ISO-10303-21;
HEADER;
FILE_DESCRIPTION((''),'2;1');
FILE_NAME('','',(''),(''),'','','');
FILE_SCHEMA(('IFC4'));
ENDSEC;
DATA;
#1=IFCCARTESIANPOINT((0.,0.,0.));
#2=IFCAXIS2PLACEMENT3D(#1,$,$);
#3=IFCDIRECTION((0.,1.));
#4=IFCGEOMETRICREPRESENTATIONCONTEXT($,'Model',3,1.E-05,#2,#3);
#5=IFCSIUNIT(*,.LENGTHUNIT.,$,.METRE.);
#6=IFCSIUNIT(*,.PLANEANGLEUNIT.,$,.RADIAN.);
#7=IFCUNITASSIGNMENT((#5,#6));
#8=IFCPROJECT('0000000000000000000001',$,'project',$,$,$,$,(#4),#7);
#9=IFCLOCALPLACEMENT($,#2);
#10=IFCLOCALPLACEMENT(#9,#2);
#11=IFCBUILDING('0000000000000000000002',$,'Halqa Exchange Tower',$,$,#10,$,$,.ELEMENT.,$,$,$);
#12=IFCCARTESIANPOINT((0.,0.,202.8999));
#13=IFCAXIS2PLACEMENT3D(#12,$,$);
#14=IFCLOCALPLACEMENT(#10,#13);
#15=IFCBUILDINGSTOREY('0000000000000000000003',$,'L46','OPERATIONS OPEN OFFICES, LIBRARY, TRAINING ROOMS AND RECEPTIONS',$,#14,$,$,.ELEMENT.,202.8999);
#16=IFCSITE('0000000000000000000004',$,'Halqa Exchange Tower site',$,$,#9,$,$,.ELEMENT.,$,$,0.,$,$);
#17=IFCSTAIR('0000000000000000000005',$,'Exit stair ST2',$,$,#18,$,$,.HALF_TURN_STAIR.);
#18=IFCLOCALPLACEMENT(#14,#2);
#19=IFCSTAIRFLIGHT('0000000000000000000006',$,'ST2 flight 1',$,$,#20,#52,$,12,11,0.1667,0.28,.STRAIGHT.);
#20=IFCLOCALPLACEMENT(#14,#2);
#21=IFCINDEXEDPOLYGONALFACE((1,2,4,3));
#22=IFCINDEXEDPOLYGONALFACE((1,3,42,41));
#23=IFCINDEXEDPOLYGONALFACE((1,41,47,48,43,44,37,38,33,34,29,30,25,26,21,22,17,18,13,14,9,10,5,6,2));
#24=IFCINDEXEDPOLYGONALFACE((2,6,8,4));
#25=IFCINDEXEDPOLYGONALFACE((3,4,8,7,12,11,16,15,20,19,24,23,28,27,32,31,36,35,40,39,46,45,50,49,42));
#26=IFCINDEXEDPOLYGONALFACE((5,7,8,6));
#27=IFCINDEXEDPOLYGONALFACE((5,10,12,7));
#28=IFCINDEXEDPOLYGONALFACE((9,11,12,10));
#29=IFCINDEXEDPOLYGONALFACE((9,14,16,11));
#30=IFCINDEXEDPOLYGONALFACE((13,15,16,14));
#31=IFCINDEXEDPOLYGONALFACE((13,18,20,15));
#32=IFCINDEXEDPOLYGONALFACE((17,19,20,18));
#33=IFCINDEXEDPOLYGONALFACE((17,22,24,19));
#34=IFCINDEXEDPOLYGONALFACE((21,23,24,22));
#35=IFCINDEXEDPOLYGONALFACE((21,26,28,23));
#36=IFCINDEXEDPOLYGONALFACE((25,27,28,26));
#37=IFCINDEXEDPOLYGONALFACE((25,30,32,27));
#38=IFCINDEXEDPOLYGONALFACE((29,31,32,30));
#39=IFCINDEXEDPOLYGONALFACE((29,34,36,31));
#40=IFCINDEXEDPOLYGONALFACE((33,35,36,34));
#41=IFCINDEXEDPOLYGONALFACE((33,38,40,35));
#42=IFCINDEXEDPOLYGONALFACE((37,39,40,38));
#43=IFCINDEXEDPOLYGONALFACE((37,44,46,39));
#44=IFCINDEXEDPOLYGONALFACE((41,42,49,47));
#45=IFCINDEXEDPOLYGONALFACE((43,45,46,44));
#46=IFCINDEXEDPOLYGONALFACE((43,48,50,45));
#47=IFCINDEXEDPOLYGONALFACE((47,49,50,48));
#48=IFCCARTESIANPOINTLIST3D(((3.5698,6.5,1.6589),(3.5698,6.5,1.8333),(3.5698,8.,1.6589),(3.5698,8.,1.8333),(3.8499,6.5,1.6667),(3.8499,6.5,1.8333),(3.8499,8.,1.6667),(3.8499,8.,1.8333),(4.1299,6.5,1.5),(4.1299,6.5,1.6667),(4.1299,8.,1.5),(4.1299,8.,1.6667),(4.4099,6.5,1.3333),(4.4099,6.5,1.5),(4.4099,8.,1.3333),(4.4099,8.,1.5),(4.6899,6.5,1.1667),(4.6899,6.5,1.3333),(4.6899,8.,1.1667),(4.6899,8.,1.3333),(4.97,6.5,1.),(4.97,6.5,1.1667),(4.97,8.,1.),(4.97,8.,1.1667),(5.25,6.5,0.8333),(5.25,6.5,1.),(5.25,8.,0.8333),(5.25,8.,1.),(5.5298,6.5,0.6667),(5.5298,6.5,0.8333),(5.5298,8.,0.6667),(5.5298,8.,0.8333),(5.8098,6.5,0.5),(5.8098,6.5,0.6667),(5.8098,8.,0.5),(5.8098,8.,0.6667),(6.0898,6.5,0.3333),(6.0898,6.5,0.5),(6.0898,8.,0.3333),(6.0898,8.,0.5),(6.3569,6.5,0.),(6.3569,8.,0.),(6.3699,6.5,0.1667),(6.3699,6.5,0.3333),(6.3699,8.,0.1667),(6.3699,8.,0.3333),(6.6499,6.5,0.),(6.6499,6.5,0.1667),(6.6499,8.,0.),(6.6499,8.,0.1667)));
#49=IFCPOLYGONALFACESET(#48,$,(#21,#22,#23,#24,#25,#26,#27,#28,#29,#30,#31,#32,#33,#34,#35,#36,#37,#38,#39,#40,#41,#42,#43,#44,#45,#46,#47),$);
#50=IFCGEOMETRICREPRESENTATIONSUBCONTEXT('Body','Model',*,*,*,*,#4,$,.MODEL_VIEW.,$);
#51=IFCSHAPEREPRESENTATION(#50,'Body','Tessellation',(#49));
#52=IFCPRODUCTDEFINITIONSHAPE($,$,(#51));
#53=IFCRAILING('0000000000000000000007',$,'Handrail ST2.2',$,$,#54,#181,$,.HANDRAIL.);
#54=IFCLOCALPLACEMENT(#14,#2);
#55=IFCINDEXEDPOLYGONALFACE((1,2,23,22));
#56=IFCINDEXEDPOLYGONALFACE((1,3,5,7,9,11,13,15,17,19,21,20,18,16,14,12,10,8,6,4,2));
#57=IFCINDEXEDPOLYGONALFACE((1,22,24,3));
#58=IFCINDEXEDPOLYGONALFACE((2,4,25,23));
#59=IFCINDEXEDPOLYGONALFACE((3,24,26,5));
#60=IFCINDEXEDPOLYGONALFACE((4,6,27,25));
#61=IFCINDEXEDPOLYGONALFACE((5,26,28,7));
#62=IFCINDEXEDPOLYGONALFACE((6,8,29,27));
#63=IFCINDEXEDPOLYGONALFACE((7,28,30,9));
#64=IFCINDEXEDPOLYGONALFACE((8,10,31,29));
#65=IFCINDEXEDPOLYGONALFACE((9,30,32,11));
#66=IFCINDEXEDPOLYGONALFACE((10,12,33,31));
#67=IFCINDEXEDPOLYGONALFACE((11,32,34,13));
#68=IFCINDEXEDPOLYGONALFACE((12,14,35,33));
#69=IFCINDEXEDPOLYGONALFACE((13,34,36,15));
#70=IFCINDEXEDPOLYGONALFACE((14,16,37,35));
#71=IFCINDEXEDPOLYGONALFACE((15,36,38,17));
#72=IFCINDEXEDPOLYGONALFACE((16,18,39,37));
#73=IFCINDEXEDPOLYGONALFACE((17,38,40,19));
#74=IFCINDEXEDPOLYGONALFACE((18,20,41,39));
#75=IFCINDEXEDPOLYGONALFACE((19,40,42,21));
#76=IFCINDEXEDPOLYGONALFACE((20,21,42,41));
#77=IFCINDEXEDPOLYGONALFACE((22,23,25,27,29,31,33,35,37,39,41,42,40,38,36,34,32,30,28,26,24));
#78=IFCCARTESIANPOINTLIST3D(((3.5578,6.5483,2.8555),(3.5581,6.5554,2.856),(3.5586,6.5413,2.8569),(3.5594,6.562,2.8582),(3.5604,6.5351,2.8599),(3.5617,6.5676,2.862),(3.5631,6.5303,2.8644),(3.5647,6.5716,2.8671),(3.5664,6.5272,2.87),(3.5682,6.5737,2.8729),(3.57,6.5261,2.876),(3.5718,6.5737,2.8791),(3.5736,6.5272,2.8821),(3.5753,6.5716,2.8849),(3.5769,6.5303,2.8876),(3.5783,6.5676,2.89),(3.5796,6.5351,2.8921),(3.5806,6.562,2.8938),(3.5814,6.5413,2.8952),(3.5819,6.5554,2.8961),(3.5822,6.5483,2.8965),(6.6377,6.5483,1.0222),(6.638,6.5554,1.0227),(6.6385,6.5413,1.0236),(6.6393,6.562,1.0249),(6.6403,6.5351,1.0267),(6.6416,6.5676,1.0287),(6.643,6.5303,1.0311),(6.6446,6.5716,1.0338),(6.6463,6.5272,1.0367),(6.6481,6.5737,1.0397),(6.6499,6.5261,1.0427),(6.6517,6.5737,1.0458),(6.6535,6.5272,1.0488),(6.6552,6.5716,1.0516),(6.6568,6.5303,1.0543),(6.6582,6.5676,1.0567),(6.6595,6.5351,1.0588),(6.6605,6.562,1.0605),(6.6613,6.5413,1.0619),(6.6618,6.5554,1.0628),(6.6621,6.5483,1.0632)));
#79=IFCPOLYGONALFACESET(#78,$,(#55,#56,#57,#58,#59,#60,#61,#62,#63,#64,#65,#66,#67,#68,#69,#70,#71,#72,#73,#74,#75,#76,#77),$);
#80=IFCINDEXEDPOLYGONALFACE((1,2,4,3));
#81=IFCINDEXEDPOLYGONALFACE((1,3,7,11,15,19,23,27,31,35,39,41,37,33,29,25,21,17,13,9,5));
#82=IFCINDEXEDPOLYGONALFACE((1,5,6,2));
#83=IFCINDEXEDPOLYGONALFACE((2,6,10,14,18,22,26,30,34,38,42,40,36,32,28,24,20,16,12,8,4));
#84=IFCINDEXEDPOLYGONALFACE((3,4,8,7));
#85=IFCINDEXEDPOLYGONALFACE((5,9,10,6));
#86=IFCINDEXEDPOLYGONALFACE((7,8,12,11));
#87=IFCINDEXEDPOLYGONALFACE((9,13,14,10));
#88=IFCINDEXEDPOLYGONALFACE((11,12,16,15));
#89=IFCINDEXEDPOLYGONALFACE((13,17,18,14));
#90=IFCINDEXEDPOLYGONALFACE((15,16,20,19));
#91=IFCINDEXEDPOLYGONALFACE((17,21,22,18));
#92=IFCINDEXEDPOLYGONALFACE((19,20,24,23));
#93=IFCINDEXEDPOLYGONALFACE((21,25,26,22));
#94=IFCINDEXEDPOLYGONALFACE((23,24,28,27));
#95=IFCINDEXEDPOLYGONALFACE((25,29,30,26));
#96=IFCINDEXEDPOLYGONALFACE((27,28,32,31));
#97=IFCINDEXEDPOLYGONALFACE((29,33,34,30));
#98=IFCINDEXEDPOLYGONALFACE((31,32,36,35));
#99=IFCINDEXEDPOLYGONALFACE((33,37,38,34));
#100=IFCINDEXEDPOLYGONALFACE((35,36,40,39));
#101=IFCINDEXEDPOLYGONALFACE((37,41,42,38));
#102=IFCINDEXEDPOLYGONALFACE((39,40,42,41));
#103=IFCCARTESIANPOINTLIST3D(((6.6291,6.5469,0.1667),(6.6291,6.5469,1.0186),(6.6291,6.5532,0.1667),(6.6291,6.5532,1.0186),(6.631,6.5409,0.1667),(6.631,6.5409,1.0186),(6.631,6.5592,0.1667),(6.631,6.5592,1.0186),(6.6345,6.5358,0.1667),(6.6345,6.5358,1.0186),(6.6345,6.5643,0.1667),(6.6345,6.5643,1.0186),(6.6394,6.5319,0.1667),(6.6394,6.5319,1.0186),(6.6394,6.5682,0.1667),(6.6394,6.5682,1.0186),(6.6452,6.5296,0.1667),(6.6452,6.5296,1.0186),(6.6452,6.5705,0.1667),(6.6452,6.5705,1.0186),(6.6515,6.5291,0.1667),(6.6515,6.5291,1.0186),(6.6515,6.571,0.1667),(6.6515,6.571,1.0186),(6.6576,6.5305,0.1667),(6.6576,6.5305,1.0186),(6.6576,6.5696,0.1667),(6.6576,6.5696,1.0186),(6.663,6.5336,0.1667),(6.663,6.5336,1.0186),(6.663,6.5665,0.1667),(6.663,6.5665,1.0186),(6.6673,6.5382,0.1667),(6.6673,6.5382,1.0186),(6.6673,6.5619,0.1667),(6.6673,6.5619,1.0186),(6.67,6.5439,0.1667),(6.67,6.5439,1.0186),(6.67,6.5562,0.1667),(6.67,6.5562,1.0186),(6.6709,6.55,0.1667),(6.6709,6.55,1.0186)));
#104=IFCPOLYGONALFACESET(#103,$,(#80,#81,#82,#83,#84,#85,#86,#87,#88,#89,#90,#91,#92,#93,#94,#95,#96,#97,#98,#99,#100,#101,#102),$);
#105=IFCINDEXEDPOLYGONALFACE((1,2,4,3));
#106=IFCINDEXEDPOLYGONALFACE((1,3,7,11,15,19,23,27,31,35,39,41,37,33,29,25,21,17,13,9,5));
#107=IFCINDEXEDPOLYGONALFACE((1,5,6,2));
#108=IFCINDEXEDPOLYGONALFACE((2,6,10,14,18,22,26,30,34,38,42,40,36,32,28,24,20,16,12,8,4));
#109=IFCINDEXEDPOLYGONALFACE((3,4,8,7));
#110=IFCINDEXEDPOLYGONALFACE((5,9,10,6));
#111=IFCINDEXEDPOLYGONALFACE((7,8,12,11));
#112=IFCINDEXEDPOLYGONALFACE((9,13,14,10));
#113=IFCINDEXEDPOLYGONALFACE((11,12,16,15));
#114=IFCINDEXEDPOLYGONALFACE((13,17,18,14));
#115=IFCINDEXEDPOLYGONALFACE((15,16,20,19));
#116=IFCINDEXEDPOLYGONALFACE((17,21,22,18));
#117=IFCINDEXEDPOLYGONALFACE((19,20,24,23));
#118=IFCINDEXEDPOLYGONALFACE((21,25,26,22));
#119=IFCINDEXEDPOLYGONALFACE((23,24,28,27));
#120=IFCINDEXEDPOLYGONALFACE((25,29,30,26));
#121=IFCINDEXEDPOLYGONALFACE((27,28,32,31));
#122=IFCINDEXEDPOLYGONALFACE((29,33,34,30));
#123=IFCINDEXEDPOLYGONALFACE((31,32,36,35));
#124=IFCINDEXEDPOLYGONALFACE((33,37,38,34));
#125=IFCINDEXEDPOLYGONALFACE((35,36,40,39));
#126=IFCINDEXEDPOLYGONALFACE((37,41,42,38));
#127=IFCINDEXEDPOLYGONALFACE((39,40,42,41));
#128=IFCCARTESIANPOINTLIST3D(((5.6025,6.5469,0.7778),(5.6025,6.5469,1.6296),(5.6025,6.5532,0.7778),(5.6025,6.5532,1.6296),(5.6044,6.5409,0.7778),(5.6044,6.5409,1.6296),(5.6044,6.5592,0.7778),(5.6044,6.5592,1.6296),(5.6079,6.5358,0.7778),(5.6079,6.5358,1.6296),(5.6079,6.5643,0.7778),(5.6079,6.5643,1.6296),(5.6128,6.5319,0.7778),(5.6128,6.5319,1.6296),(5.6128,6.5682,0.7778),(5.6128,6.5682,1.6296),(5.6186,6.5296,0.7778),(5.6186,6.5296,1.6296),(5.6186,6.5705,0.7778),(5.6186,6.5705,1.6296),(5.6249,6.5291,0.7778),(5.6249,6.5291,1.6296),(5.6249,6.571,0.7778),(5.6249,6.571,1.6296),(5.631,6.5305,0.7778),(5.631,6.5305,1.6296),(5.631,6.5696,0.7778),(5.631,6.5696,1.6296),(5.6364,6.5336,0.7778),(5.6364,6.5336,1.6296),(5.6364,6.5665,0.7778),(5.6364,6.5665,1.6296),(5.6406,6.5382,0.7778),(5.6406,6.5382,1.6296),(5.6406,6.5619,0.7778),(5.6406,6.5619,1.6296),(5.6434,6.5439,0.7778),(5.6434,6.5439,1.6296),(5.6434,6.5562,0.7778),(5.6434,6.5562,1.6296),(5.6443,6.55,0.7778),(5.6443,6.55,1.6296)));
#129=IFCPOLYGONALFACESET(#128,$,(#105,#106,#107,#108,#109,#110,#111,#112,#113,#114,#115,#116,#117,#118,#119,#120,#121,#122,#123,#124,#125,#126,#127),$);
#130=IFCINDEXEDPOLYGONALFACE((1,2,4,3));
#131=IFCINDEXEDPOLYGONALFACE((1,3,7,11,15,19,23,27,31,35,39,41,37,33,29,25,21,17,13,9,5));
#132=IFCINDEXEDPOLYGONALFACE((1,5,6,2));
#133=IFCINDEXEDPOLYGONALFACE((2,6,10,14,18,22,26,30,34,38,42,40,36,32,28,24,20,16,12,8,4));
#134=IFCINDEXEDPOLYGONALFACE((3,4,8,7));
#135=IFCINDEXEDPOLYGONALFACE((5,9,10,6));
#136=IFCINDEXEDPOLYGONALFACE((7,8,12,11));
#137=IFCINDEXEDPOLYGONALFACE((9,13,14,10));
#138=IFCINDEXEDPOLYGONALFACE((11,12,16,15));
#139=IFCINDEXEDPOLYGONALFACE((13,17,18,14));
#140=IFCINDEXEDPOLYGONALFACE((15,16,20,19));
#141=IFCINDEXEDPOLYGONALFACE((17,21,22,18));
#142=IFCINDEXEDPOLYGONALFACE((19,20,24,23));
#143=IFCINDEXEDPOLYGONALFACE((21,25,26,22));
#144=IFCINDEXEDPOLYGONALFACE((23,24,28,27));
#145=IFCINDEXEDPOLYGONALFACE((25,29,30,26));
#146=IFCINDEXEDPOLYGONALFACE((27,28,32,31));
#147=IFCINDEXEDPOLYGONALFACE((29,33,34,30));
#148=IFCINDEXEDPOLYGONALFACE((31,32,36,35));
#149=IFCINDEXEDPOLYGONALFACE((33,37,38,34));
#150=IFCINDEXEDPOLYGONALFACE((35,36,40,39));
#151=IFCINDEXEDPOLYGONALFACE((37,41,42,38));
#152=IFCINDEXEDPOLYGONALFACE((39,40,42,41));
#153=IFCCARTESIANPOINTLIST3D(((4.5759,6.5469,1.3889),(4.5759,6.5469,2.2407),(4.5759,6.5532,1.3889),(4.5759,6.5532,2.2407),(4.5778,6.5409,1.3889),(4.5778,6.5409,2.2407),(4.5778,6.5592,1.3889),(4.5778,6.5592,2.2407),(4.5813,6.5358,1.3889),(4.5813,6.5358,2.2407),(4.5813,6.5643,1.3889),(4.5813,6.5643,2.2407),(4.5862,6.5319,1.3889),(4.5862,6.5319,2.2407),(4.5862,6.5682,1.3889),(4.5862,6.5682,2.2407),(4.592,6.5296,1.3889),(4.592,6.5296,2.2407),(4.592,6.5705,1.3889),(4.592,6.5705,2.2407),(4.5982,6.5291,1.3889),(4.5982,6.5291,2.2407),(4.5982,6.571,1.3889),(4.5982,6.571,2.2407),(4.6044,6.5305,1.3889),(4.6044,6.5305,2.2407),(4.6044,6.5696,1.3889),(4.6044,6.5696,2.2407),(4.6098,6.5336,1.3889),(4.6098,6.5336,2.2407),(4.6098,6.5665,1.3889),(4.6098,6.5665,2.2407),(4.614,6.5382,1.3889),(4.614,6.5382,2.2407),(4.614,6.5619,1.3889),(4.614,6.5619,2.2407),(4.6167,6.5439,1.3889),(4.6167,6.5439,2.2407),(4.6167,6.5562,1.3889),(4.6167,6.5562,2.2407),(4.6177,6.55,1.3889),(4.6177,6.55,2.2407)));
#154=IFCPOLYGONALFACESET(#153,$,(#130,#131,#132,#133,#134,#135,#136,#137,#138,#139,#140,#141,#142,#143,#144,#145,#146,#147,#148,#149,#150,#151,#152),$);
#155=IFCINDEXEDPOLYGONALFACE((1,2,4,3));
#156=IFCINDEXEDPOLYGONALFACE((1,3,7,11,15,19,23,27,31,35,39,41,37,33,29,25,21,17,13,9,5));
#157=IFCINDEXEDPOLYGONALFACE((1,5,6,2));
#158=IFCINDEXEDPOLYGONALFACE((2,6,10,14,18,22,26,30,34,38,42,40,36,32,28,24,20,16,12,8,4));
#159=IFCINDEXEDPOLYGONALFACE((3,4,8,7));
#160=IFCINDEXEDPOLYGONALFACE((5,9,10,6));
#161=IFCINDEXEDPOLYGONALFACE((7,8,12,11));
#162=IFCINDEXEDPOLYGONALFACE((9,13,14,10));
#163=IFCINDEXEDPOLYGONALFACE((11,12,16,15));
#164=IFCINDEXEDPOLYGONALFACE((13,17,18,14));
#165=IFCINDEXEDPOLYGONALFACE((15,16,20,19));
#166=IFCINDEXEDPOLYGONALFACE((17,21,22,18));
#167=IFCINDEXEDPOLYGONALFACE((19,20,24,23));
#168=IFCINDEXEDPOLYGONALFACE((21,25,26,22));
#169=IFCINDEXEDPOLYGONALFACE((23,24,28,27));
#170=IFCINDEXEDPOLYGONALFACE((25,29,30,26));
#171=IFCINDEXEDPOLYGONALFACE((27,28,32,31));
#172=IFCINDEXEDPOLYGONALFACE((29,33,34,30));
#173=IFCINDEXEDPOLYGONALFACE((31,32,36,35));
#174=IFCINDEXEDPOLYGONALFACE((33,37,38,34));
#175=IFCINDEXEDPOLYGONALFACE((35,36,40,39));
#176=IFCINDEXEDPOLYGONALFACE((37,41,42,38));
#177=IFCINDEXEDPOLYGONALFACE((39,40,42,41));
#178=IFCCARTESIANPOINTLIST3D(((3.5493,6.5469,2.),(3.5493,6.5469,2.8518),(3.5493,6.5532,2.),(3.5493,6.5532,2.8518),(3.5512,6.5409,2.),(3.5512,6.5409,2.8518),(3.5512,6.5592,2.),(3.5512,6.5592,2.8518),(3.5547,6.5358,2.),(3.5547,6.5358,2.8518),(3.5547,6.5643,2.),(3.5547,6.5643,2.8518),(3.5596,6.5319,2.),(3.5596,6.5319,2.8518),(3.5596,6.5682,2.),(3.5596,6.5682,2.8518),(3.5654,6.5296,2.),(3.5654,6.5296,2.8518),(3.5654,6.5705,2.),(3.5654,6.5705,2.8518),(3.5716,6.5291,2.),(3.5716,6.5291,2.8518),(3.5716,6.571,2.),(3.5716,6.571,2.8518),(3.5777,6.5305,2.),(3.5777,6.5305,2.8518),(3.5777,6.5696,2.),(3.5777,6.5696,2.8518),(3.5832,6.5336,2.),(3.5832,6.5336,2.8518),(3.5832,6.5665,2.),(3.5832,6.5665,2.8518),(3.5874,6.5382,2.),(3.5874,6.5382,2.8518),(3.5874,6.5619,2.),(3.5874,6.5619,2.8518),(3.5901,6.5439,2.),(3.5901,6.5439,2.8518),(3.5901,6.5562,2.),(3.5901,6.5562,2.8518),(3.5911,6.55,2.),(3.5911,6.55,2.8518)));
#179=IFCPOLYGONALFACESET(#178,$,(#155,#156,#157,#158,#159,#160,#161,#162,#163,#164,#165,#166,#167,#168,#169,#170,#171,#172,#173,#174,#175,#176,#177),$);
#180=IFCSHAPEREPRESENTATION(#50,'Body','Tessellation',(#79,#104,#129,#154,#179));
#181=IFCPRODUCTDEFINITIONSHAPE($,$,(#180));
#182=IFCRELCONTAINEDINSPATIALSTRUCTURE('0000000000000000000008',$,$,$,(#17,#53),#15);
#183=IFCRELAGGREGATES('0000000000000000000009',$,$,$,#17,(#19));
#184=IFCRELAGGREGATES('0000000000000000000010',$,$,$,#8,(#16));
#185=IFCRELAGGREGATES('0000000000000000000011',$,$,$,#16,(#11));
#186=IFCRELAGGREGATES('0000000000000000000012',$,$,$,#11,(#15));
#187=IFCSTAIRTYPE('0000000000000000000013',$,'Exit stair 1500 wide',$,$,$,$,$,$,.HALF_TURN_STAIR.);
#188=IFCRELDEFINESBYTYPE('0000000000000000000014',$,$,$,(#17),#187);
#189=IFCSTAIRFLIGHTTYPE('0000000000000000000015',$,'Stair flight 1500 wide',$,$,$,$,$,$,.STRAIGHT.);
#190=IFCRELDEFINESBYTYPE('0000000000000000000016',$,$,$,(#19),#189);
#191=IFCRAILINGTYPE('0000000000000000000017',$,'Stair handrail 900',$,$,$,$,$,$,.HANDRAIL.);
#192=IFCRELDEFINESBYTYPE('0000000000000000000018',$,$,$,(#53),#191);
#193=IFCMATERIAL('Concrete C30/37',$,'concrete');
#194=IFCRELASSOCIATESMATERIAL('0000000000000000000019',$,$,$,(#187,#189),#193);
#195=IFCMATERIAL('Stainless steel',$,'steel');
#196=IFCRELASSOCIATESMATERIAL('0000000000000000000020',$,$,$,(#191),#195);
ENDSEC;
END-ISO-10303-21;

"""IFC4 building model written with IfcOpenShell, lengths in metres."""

from ifc_helpers import new_model, si_unit, direction, frame, origin, origin_2d, place, context, subcontext, project, spatial, polyline, circle, outline, extrude, material, type_object, element, aggregate, save


model = new_model("IFC4")

# Units and contexts
model_context = context("Model", 3, precision=1e-05, world=origin(), true_north=direction((0.0, 1.0)))
body_context = subcontext(model_context, "Body", "Model", "MODEL_VIEW")
ifc_project = project(units=[si_unit("LENGTHUNIT", "METRE"), si_unit("PLANEANGLEUNIT", "RADIAN")], contexts=[model_context])

# Site, building, storey
site_placement = place(None, origin())
site = spatial("IfcSite", under=ifc_project, at=site_placement, Name="Halqa Exchange Tower site", CompositionType="ELEMENT", RefElevation=0.0)
building_placement = place(site_placement, origin())
building = spatial("IfcBuilding", under=site, at=building_placement, Name="Halqa Exchange Tower", CompositionType="ELEMENT")
storey_placement = place(building_placement, frame((0.0, 0.0, 202.8999)))
storey = spatial("IfcBuildingStorey", under=building, at=storey_placement, Name="L46", Description="OPERATIONS OPEN OFFICES, LIBRARY, TRAINING ROOMS AND RECEPTIONS", CompositionType="ELEMENT", Elevation=202.8999)

# Stair
ifc_material_1 = material(Name="Concrete C30/37", Category="concrete")
stair_type = type_object("IfcStairType", Name="Exit stair 1500 wide", PredefinedType="HALF_TURN_STAIR", material=ifc_material_1)
stair_1_placement = place(storey_placement, origin())
stair_1 = element("IfcStair", 1, at=stair_1_placement, inside=storey, type_object=stair_type, Name="Exit stair ST2", PredefinedType="HALF_TURN_STAIR")

# Stair flight
stair_flight_type = type_object("IfcStairFlightType", Name="Stair flight 1500 wide", PredefinedType="STRAIGHT", material=ifc_material_1)
stair_flight_placement = place(storey_placement, frame((6.6499, 7.25, 0.0), z_axis=(0.0, 0.0, 1.0), x_axis=(-1.0, 0.0, 0.0)))
stair_flight = element("IfcStairFlight", 2, at=stair_flight_placement, type_object=stair_flight_type, Name="ST2 flight 1", NumberOfRisers=12, NumberOfTreads=11, PredefinedType="STRAIGHT", RiserHeight=0.1667, TreadLength=0.28, context=body_context, shape_type="SweptSolid", body=[
    extrude(outline(polyline([(0.0, 0.0), (0.0, 0.1667), (0.28, 0.1667), (0.28, 0.3333), (0.5601, 0.3333), (0.5601, 0.5), (0.8401, 0.5), (0.8401, 0.6667), (1.1201, 0.6667), (1.1201, 0.8333), (1.3999, 0.8333), (1.3999, 1.0), (1.6799, 1.0), (1.6799, 1.1667), (1.96, 1.1667), (1.96, 1.3333), (2.24, 1.3333), (2.24, 1.5), (2.52, 1.5), (2.52, 1.6667), (2.8, 1.6667), (2.8, 1.8333), (3.0801, 1.8333), (3.0801, 2.0), (3.0801, 1.6589), (0.293, 0.0), (0.0, 0.0)])), frame((0.0, 0.75, 0.0), z_axis=(0.0, -1.0, 0.0), x_axis=(1.0, 0.0, 0.0)), (0.0, 0.0, 1.0), 1.5),
])
aggregate(stair_1, [stair_flight])

# Railing
ifc_material_2 = material(Name="Stainless steel", Category="steel")
railing_type_1 = type_object("IfcRailingType", Name="Stair handrail 900", PredefinedType="HANDRAIL", material=ifc_material_2)
railing_1_placement = place(storey_placement, frame((6.6499, 6.55, 0.1667)))
element("IfcRailing", 3, at=railing_1_placement, inside=storey, type_object=railing_type_1, Name="Handrail ST2.2", PredefinedType="HANDRAIL", context=body_context, shape_type="SweptSolid", body=[
    extrude(circle(Radius=0.0239, at=origin_2d()), frame((0.0, 0.0, 0.876), z_axis=(-0.859291, 0.0, 0.511487), x_axis=(0.0, -1.0, 0.0)), (0.0, 0.0, 1.0), 3.5842),
    extrude(circle(Radius=0.021, at=origin_2d()), origin(), (0.0, 0.0, 1.0), 0.8518),
    extrude(circle(Radius=0.021, at=origin_2d()), frame((-1.0266, 0.0, 0.6111)), (0.0, 0.0, 1.0), 0.8518),
    extrude(circle(Radius=0.021, at=origin_2d()), frame((-2.0532, 0.0, 1.2222)), (0.0, 0.0, 1.0), 0.8518),
    extrude(circle(Radius=0.021, at=origin_2d()), frame((-3.0798, 0.0, 1.8333)), (0.0, 0.0, 1.0), 0.8518),
])

save(model, "model.ifc")
